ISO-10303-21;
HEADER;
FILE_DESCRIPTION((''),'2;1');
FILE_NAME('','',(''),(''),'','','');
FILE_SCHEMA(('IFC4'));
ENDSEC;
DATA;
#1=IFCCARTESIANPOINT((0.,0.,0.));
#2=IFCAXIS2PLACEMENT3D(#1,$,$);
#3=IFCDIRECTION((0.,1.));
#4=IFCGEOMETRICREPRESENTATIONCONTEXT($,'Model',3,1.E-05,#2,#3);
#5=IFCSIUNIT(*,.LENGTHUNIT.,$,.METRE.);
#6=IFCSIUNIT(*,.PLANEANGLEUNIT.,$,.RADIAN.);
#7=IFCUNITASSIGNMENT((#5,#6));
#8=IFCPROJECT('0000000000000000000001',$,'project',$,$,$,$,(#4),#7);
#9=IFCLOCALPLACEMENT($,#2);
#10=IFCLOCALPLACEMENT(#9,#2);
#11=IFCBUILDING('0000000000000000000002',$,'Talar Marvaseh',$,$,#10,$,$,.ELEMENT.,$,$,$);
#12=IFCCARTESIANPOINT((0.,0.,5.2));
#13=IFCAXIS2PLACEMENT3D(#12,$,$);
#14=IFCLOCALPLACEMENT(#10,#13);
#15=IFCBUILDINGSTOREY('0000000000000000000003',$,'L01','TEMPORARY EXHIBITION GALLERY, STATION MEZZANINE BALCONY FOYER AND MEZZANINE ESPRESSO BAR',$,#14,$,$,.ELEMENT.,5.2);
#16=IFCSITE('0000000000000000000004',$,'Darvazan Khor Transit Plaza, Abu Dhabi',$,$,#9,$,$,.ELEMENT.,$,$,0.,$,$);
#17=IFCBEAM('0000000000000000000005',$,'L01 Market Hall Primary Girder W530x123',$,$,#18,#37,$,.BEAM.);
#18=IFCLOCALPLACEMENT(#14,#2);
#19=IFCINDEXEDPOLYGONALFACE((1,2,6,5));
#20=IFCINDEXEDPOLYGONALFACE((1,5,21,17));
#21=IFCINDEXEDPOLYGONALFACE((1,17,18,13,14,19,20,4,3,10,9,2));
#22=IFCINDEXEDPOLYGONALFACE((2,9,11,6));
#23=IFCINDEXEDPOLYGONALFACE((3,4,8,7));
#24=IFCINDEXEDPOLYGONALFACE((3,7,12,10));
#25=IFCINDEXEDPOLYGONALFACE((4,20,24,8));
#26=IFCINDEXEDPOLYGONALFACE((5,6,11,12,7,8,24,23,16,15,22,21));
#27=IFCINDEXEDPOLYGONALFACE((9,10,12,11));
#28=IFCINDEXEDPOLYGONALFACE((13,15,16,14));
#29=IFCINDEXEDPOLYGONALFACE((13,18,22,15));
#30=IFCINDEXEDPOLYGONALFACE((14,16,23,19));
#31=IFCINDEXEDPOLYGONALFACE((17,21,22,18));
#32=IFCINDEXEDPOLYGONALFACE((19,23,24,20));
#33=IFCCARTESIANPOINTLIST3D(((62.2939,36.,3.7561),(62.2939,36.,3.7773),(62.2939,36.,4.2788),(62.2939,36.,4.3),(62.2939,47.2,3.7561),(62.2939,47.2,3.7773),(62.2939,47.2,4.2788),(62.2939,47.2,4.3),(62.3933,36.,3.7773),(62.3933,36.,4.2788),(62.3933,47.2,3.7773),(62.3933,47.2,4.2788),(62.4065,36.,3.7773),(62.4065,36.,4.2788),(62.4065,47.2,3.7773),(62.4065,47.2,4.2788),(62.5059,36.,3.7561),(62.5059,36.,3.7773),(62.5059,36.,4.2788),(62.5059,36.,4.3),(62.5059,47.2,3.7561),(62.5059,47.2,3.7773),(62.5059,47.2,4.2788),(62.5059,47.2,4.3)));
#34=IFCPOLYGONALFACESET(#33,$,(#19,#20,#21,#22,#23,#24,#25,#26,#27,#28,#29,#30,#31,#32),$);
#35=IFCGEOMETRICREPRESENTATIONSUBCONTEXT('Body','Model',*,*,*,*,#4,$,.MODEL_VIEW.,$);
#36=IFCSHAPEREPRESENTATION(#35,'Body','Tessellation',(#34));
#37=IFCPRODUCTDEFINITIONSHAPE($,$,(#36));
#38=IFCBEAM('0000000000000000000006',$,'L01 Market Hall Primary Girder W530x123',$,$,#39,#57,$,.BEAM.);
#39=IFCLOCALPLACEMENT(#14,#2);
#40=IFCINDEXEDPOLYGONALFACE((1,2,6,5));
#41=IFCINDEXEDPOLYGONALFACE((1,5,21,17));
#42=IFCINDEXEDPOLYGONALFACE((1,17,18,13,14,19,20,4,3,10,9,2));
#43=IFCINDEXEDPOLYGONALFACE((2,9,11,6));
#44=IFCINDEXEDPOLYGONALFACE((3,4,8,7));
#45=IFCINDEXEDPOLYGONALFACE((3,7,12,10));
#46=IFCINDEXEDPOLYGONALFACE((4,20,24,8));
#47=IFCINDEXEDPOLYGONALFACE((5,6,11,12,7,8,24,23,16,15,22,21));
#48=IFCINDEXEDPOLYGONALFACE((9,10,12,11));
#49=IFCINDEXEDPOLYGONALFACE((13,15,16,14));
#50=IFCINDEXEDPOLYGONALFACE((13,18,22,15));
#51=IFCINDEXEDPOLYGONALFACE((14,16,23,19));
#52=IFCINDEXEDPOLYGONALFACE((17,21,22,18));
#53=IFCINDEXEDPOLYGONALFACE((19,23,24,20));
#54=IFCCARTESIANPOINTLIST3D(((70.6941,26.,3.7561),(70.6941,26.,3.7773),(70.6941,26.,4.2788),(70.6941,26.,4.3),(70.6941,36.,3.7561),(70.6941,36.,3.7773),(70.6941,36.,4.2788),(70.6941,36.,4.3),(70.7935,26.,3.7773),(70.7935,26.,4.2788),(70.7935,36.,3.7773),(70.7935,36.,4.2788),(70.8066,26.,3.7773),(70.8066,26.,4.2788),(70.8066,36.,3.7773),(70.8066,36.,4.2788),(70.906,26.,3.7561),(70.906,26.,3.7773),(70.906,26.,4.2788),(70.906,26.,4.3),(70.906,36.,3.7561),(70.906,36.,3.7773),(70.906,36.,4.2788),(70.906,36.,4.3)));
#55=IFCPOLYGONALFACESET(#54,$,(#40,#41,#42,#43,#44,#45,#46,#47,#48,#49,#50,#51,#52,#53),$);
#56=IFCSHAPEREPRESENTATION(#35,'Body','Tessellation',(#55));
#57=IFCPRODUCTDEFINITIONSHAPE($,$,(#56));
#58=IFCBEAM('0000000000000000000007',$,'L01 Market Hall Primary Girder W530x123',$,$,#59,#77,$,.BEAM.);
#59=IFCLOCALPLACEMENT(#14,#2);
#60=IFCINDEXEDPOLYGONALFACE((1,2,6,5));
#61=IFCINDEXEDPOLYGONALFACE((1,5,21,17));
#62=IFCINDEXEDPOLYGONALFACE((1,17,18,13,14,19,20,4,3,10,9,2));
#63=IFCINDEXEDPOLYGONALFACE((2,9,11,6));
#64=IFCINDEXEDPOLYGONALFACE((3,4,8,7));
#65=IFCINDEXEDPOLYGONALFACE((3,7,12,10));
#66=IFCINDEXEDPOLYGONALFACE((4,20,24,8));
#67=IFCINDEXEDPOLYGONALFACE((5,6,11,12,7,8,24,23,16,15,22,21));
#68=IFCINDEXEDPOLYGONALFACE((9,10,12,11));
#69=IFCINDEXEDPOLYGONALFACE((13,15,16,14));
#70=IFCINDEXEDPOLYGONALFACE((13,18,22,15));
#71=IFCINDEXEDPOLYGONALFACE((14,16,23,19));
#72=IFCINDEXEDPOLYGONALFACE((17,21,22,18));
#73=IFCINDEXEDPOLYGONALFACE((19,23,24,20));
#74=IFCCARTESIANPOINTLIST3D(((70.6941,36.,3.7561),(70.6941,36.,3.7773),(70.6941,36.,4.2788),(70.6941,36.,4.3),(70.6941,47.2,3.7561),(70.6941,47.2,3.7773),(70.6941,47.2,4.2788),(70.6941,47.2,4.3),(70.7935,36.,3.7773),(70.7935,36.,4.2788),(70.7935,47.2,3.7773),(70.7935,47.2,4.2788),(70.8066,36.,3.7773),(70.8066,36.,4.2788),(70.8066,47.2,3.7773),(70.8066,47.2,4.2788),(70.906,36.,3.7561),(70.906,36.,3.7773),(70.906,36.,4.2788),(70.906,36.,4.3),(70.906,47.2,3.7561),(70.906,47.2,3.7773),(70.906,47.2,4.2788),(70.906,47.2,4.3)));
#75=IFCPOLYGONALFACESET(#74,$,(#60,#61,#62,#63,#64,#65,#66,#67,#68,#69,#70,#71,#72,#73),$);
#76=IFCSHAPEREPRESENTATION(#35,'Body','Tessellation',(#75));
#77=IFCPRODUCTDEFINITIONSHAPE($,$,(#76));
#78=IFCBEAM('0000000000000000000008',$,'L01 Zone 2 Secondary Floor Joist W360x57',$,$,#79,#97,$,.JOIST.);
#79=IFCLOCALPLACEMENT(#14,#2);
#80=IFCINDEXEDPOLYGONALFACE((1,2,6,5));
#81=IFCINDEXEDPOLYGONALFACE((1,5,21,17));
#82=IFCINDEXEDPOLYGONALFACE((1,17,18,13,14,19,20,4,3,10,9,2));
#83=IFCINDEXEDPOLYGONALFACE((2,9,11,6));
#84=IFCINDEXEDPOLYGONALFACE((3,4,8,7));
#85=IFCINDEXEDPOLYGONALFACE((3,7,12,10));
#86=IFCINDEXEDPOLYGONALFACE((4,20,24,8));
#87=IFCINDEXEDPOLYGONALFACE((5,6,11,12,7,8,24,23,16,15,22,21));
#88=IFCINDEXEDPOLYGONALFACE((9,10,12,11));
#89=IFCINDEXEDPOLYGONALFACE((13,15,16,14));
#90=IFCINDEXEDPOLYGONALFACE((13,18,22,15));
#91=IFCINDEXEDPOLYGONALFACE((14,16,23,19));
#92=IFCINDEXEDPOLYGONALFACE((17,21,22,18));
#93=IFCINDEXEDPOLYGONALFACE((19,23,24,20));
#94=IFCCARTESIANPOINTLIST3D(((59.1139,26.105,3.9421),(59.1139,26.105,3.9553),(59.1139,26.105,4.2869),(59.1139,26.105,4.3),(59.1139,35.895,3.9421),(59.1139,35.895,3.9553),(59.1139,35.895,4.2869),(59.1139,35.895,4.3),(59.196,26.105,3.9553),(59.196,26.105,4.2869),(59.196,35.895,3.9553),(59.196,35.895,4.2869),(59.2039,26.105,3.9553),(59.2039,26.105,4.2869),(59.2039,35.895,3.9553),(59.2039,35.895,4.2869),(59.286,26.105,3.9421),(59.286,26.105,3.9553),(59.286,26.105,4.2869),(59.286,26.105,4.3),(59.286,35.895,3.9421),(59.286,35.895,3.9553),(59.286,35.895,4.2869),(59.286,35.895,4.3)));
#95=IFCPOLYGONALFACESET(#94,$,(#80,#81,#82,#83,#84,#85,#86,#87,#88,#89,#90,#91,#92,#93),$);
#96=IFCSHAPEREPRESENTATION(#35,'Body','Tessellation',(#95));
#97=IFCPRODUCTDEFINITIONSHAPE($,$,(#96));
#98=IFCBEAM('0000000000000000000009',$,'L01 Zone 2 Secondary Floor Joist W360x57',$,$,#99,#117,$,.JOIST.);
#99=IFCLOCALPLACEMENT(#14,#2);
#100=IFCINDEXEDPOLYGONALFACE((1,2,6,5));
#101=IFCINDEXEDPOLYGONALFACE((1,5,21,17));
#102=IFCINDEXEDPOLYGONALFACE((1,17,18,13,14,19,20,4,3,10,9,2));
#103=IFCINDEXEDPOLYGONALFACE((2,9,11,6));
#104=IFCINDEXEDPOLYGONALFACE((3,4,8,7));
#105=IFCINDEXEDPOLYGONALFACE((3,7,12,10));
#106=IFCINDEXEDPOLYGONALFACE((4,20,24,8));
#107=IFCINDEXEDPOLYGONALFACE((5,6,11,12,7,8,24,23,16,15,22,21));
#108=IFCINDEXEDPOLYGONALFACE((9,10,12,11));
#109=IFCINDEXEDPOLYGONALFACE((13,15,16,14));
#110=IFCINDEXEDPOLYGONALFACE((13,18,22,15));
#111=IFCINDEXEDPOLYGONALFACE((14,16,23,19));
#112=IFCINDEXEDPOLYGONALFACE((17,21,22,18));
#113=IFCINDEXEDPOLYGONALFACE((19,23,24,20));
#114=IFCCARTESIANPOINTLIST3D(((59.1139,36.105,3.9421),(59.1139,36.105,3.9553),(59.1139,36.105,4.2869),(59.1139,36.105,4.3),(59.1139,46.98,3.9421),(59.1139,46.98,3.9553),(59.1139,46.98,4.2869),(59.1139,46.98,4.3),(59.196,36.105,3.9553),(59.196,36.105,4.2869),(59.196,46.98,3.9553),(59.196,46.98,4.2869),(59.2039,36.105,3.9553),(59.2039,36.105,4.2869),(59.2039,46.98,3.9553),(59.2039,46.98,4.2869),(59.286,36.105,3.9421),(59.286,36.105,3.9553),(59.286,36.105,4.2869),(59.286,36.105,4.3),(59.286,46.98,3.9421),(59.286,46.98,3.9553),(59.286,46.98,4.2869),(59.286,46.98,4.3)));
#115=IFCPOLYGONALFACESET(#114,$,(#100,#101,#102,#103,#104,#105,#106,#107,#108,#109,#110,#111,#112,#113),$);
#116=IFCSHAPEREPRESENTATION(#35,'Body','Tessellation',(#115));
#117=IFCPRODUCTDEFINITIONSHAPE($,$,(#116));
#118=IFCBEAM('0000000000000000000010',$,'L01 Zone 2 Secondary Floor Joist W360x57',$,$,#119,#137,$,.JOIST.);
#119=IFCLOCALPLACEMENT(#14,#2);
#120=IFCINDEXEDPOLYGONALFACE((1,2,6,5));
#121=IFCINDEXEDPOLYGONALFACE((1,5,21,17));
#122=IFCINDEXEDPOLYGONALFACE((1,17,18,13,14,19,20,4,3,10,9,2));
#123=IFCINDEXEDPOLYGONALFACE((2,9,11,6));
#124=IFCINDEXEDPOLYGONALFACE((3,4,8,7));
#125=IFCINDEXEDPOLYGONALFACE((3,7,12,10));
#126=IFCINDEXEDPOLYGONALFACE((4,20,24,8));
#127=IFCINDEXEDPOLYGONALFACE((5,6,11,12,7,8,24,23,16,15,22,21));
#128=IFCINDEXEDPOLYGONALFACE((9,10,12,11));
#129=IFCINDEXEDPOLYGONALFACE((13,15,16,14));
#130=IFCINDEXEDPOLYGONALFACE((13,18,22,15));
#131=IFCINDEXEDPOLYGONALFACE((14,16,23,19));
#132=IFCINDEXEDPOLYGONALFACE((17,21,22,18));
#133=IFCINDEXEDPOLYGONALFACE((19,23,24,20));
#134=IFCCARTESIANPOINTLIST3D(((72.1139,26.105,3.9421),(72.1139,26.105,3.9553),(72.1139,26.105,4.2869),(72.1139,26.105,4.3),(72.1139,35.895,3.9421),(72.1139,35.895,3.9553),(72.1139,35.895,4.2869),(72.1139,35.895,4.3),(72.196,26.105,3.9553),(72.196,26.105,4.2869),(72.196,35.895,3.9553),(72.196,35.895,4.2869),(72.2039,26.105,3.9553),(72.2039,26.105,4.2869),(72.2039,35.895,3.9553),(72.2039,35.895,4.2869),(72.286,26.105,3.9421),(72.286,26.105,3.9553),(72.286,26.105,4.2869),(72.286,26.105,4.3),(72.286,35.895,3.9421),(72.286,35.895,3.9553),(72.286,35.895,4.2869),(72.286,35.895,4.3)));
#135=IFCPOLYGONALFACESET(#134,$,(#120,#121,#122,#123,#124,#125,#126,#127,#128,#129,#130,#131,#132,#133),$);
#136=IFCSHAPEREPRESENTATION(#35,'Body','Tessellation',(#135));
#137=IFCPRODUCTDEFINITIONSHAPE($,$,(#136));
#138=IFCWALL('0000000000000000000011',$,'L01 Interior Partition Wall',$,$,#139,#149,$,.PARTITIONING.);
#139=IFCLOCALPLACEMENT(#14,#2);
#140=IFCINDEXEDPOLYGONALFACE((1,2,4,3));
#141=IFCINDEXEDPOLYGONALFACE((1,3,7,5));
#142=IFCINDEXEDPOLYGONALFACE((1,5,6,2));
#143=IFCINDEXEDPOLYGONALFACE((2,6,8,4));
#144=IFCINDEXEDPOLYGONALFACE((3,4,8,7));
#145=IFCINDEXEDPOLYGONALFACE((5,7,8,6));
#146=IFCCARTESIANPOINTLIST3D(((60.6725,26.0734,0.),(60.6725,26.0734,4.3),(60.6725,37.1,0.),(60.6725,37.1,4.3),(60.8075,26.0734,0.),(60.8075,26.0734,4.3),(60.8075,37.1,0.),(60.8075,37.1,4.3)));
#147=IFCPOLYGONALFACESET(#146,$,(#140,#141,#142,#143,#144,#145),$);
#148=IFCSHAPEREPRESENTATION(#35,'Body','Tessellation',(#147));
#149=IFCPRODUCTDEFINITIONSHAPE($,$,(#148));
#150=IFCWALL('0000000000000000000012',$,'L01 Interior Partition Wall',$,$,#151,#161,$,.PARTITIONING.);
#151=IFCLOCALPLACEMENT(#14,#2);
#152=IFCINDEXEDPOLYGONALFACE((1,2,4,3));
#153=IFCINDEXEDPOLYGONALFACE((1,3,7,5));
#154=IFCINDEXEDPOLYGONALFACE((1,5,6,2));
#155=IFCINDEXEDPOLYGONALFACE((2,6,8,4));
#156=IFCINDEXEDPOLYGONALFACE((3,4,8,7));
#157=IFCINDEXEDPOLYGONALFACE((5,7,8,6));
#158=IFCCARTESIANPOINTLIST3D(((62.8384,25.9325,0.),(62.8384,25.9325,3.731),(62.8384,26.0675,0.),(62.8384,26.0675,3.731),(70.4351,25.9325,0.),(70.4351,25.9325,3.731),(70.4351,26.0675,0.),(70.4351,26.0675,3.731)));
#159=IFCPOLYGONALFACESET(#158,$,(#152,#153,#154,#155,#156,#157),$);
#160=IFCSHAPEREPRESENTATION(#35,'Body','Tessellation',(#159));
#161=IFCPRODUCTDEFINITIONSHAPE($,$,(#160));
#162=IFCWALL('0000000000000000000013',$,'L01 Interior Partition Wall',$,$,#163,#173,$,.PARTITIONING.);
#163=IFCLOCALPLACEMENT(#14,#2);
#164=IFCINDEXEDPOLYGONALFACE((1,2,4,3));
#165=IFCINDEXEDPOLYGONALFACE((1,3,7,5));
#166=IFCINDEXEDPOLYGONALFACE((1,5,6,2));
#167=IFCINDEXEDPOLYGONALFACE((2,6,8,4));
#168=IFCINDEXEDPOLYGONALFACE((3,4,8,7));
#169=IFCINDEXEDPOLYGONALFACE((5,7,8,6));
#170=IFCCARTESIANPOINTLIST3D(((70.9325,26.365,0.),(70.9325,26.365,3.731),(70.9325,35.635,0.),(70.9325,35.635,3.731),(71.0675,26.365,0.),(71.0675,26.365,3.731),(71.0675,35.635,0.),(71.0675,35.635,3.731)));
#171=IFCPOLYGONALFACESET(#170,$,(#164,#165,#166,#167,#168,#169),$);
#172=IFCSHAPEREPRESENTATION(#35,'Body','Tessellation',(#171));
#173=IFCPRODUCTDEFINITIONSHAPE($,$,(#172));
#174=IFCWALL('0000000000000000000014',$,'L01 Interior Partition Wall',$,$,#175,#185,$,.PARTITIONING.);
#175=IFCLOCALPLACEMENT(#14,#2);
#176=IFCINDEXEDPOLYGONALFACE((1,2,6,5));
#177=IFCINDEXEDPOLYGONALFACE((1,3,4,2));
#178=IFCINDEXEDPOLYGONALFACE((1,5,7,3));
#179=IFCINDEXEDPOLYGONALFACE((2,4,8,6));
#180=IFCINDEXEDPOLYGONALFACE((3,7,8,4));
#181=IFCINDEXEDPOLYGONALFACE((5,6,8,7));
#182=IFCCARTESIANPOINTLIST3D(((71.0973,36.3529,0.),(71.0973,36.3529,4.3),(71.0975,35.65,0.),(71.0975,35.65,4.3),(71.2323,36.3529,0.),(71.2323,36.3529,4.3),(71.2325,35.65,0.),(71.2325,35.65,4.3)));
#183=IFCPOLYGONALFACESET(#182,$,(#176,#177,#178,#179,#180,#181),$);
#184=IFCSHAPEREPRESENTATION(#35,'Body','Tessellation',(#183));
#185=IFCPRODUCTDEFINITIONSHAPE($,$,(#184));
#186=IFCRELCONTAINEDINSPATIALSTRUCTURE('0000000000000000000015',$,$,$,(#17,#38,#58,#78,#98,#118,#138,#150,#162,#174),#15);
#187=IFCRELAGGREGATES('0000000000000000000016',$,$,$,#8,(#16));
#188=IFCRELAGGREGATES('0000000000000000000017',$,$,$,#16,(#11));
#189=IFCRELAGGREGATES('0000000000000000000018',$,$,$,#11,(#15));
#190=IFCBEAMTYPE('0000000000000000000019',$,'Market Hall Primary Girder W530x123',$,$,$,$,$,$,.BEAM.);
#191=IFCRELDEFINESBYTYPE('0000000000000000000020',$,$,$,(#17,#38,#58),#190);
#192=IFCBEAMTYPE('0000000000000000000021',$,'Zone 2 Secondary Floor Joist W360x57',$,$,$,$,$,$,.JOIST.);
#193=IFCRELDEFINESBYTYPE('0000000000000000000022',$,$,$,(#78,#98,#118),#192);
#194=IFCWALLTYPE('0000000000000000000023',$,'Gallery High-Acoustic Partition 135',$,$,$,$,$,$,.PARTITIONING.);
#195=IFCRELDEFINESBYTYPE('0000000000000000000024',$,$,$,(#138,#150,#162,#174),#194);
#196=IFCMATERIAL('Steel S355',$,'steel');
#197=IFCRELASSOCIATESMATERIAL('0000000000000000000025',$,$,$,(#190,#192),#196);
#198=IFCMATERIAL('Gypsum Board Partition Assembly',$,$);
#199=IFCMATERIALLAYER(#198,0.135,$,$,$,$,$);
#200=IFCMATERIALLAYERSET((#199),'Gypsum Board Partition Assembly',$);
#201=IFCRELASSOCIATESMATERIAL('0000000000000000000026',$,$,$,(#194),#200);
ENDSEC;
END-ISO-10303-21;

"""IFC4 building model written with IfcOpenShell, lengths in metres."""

from ifc_helpers import new_model, si_unit, direction, frame, frame_2d, origin, origin_2d, place, context, subcontext, project, spatial, rectangle, i_section, extrude, material, layer, layer_set, material_profile, profile_set, type_object, element, save


model = new_model("IFC4")

# Units and contexts
model_context = context("Model", 3, precision=1e-05, world=origin(), true_north=direction((0.0, 1.0)))
body_context = subcontext(model_context, "Body", "Model", "MODEL_VIEW")
ifc_project = project(units=[si_unit("LENGTHUNIT", "METRE"), si_unit("PLANEANGLEUNIT", "RADIAN")], contexts=[model_context])

# Site, building, storey
site_placement = place(None, origin())
site = spatial("IfcSite", under=ifc_project, at=site_placement, Name="Darvazan Khor Transit Plaza, Abu Dhabi", CompositionType="ELEMENT", RefElevation=0.0)
building_placement = place(site_placement, origin())
building = spatial("IfcBuilding", under=site, at=building_placement, Name="Talar Marvaseh", CompositionType="ELEMENT")
storey_placement = place(building_placement, frame((0.0, 0.0, 5.2)))
storey = spatial("IfcBuildingStorey", under=building, at=storey_placement, Name="L01", Description="TEMPORARY EXHIBITION GALLERY, STATION MEZZANINE BALCONY FOYER AND MEZZANINE ESPRESSO BAR", CompositionType="ELEMENT", Elevation=5.2)

# Beams
ifc_material_1 = material(Name="Steel S355", Category="steel")
ifc_material_profile_1 = material_profile(ifc_material_1, i_section(OverallWidth=0.2119, OverallDepth=0.5439, WebThickness=0.0132, FlangeThickness=0.0212, at=origin_2d()), Name="W530x123")
ifc_profile_set_1 = profile_set([ifc_material_profile_1], Name="Steel S355")
beam_type_1 = type_object("IfcBeamType", Name="Market Hall Primary Girder W530x123", PredefinedType="BEAM", material=ifc_profile_set_1)
beam_1_placement = place(storey_placement, frame((62.3999, 36.0, 4.0281), z_axis=(0.0, 1.0, 0.0), x_axis=(-1.0, 0.0, 0.0)))
element("IfcBeam", 1, at=beam_1_placement, inside=storey, type_object=beam_type_1, Name="L01 Market Hall Primary Girder W530x123", PredefinedType="BEAM", context=body_context, shape_type="SweptSolid", body=[
    extrude(i_section(OverallWidth=0.2119, OverallDepth=0.5439, WebThickness=0.0132, FlangeThickness=0.0212, at=origin_2d()), origin(), (0.0, 0.0, 1.0), 11.2),
])
beam_2_placement = place(storey_placement, frame((70.8, 26.0, 4.0281), z_axis=(0.0, 1.0, 0.0), x_axis=(-1.0, 0.0, 0.0)))
element("IfcBeam", 2, at=beam_2_placement, inside=storey, type_object=beam_type_1, Name="L01 Market Hall Primary Girder W530x123", PredefinedType="BEAM", context=body_context, shape_type="SweptSolid", body=[
    extrude(i_section(OverallWidth=0.2119, OverallDepth=0.5439, WebThickness=0.0132, FlangeThickness=0.0212, at=origin_2d()), origin(), (0.0, 0.0, 1.0), 10.0),
])
beam_3_placement = place(storey_placement, frame((70.8, 36.0, 4.0281), z_axis=(0.0, 1.0, 0.0), x_axis=(-1.0, 0.0, 0.0)))
element("IfcBeam", 3, at=beam_3_placement, inside=storey, type_object=beam_type_1, Name="L01 Market Hall Primary Girder W530x123", PredefinedType="BEAM", context=body_context, shape_type="SweptSolid", body=[
    extrude(i_section(OverallWidth=0.2119, OverallDepth=0.5439, WebThickness=0.0132, FlangeThickness=0.0212, at=origin_2d()), origin(), (0.0, 0.0, 1.0), 11.2),
])
ifc_material_profile_2 = material_profile(ifc_material_1, i_section(OverallWidth=0.1721, OverallDepth=0.3579, WebThickness=0.0078, FlangeThickness=0.0132, at=origin_2d()), Name="W360x57")
ifc_profile_set_2 = profile_set([ifc_material_profile_2], Name="Steel S355")
beam_type_2 = type_object("IfcBeamType", Name="Zone 2 Secondary Floor Joist W360x57", PredefinedType="JOIST", material=ifc_profile_set_2)
beam_4_placement = place(storey_placement, frame((59.2, 26.105, 4.1211), z_axis=(0.0, 1.0, 0.0), x_axis=(-1.0, 0.0, 0.0)))
element("IfcBeam", 4, at=beam_4_placement, inside=storey, type_object=beam_type_2, Name="L01 Zone 2 Secondary Floor Joist W360x57", PredefinedType="JOIST", context=body_context, shape_type="SweptSolid", body=[
    extrude(i_section(OverallWidth=0.1721, OverallDepth=0.3579, WebThickness=0.0078, FlangeThickness=0.0132, at=origin_2d()), origin(), (0.0, 0.0, 1.0), 9.79),
])
beam_5_placement = place(storey_placement, frame((59.2, 36.105, 4.1211), z_axis=(0.0, 1.0, 0.0), x_axis=(-1.0, 0.0, 0.0)))
element("IfcBeam", 5, at=beam_5_placement, inside=storey, type_object=beam_type_2, Name="L01 Zone 2 Secondary Floor Joist W360x57", PredefinedType="JOIST", context=body_context, shape_type="SweptSolid", body=[
    extrude(i_section(OverallWidth=0.1721, OverallDepth=0.3579, WebThickness=0.0078, FlangeThickness=0.0132, at=origin_2d()), origin(), (0.0, 0.0, 1.0), 10.875),
])
beam_6_placement = place(storey_placement, frame((72.2, 26.105, 4.1211), z_axis=(0.0, 1.0, 0.0), x_axis=(-1.0, 0.0, 0.0)))
element("IfcBeam", 6, at=beam_6_placement, inside=storey, type_object=beam_type_2, Name="L01 Zone 2 Secondary Floor Joist W360x57", PredefinedType="JOIST", context=body_context, shape_type="SweptSolid", body=[
    extrude(i_section(OverallWidth=0.1721, OverallDepth=0.3579, WebThickness=0.0078, FlangeThickness=0.0132, at=origin_2d()), origin(), (0.0, 0.0, 1.0), 9.79),
])

# Walls
ifc_material_2 = material(Name="Gypsum Board Partition Assembly")
ifc_layer = layer(ifc_material_2, 0.135)
ifc_layer_set = layer_set([ifc_layer], Name="Gypsum Board Partition Assembly")
wall_type = type_object("IfcWallType", Name="Gallery High-Acoustic Partition 135", PredefinedType="PARTITIONING", material=ifc_layer_set)
wall_1_placement = place(storey_placement, frame((60.74, 26.0735, 0.0), z_axis=(0.0, 0.0, 1.0), x_axis=(0.0, 1.0, 0.0)))
element("IfcWall", 7, at=wall_1_placement, inside=storey, type_object=wall_type, Name="L01 Interior Partition Wall", PredefinedType="PARTITIONING", context=body_context, shape_type="SweptSolid", body=[
    extrude(rectangle(XDim=11.0266, YDim=0.135, at=frame_2d((5.5132, 0.0))), origin(), (0.0, 0.0, 1.0), 4.3),
])
wall_2_placement = place(storey_placement, frame((62.8384, 26.0, 0.0), z_axis=(0.0, 0.0, 1.0), x_axis=(1.0, 0.0, 0.0)))
element("IfcWall", 8, at=wall_2_placement, inside=storey, type_object=wall_type, Name="L01 Interior Partition Wall", PredefinedType="PARTITIONING", context=body_context, shape_type="SweptSolid", body=[
    extrude(rectangle(XDim=7.5967, YDim=0.135, at=frame_2d((3.7983, 0.0))), origin(), (0.0, 0.0, 1.0), 3.731),
])
wall_3_placement = place(storey_placement, frame((71.0, 26.365, 0.0), z_axis=(0.0, 0.0, 1.0), x_axis=(0.0, 1.0, 0.0)))
element("IfcWall", 9, at=wall_3_placement, inside=storey, type_object=wall_type, Name="L01 Interior Partition Wall", PredefinedType="PARTITIONING", context=body_context, shape_type="SweptSolid", body=[
    extrude(rectangle(XDim=9.27, YDim=0.135, at=frame_2d((4.635, 0.0))), origin(), (0.0, 0.0, 1.0), 3.731),
])
wall_4_placement = place(storey_placement, frame((71.165, 35.6499, 0.0), z_axis=(0.0, 0.0, 1.0), x_axis=(-0.000347, 1.0, 0.0)))
element("IfcWall", 10, at=wall_4_placement, inside=storey, type_object=wall_type, Name="L01 Interior Partition Wall", PredefinedType="PARTITIONING", context=body_context, shape_type="SweptSolid", body=[
    extrude(rectangle(XDim=0.7029, YDim=0.135, at=frame_2d((0.3516, 0.0))), origin(), (0.0, 0.0, 1.0), 4.3),
])

save(model, "model.ifc")
